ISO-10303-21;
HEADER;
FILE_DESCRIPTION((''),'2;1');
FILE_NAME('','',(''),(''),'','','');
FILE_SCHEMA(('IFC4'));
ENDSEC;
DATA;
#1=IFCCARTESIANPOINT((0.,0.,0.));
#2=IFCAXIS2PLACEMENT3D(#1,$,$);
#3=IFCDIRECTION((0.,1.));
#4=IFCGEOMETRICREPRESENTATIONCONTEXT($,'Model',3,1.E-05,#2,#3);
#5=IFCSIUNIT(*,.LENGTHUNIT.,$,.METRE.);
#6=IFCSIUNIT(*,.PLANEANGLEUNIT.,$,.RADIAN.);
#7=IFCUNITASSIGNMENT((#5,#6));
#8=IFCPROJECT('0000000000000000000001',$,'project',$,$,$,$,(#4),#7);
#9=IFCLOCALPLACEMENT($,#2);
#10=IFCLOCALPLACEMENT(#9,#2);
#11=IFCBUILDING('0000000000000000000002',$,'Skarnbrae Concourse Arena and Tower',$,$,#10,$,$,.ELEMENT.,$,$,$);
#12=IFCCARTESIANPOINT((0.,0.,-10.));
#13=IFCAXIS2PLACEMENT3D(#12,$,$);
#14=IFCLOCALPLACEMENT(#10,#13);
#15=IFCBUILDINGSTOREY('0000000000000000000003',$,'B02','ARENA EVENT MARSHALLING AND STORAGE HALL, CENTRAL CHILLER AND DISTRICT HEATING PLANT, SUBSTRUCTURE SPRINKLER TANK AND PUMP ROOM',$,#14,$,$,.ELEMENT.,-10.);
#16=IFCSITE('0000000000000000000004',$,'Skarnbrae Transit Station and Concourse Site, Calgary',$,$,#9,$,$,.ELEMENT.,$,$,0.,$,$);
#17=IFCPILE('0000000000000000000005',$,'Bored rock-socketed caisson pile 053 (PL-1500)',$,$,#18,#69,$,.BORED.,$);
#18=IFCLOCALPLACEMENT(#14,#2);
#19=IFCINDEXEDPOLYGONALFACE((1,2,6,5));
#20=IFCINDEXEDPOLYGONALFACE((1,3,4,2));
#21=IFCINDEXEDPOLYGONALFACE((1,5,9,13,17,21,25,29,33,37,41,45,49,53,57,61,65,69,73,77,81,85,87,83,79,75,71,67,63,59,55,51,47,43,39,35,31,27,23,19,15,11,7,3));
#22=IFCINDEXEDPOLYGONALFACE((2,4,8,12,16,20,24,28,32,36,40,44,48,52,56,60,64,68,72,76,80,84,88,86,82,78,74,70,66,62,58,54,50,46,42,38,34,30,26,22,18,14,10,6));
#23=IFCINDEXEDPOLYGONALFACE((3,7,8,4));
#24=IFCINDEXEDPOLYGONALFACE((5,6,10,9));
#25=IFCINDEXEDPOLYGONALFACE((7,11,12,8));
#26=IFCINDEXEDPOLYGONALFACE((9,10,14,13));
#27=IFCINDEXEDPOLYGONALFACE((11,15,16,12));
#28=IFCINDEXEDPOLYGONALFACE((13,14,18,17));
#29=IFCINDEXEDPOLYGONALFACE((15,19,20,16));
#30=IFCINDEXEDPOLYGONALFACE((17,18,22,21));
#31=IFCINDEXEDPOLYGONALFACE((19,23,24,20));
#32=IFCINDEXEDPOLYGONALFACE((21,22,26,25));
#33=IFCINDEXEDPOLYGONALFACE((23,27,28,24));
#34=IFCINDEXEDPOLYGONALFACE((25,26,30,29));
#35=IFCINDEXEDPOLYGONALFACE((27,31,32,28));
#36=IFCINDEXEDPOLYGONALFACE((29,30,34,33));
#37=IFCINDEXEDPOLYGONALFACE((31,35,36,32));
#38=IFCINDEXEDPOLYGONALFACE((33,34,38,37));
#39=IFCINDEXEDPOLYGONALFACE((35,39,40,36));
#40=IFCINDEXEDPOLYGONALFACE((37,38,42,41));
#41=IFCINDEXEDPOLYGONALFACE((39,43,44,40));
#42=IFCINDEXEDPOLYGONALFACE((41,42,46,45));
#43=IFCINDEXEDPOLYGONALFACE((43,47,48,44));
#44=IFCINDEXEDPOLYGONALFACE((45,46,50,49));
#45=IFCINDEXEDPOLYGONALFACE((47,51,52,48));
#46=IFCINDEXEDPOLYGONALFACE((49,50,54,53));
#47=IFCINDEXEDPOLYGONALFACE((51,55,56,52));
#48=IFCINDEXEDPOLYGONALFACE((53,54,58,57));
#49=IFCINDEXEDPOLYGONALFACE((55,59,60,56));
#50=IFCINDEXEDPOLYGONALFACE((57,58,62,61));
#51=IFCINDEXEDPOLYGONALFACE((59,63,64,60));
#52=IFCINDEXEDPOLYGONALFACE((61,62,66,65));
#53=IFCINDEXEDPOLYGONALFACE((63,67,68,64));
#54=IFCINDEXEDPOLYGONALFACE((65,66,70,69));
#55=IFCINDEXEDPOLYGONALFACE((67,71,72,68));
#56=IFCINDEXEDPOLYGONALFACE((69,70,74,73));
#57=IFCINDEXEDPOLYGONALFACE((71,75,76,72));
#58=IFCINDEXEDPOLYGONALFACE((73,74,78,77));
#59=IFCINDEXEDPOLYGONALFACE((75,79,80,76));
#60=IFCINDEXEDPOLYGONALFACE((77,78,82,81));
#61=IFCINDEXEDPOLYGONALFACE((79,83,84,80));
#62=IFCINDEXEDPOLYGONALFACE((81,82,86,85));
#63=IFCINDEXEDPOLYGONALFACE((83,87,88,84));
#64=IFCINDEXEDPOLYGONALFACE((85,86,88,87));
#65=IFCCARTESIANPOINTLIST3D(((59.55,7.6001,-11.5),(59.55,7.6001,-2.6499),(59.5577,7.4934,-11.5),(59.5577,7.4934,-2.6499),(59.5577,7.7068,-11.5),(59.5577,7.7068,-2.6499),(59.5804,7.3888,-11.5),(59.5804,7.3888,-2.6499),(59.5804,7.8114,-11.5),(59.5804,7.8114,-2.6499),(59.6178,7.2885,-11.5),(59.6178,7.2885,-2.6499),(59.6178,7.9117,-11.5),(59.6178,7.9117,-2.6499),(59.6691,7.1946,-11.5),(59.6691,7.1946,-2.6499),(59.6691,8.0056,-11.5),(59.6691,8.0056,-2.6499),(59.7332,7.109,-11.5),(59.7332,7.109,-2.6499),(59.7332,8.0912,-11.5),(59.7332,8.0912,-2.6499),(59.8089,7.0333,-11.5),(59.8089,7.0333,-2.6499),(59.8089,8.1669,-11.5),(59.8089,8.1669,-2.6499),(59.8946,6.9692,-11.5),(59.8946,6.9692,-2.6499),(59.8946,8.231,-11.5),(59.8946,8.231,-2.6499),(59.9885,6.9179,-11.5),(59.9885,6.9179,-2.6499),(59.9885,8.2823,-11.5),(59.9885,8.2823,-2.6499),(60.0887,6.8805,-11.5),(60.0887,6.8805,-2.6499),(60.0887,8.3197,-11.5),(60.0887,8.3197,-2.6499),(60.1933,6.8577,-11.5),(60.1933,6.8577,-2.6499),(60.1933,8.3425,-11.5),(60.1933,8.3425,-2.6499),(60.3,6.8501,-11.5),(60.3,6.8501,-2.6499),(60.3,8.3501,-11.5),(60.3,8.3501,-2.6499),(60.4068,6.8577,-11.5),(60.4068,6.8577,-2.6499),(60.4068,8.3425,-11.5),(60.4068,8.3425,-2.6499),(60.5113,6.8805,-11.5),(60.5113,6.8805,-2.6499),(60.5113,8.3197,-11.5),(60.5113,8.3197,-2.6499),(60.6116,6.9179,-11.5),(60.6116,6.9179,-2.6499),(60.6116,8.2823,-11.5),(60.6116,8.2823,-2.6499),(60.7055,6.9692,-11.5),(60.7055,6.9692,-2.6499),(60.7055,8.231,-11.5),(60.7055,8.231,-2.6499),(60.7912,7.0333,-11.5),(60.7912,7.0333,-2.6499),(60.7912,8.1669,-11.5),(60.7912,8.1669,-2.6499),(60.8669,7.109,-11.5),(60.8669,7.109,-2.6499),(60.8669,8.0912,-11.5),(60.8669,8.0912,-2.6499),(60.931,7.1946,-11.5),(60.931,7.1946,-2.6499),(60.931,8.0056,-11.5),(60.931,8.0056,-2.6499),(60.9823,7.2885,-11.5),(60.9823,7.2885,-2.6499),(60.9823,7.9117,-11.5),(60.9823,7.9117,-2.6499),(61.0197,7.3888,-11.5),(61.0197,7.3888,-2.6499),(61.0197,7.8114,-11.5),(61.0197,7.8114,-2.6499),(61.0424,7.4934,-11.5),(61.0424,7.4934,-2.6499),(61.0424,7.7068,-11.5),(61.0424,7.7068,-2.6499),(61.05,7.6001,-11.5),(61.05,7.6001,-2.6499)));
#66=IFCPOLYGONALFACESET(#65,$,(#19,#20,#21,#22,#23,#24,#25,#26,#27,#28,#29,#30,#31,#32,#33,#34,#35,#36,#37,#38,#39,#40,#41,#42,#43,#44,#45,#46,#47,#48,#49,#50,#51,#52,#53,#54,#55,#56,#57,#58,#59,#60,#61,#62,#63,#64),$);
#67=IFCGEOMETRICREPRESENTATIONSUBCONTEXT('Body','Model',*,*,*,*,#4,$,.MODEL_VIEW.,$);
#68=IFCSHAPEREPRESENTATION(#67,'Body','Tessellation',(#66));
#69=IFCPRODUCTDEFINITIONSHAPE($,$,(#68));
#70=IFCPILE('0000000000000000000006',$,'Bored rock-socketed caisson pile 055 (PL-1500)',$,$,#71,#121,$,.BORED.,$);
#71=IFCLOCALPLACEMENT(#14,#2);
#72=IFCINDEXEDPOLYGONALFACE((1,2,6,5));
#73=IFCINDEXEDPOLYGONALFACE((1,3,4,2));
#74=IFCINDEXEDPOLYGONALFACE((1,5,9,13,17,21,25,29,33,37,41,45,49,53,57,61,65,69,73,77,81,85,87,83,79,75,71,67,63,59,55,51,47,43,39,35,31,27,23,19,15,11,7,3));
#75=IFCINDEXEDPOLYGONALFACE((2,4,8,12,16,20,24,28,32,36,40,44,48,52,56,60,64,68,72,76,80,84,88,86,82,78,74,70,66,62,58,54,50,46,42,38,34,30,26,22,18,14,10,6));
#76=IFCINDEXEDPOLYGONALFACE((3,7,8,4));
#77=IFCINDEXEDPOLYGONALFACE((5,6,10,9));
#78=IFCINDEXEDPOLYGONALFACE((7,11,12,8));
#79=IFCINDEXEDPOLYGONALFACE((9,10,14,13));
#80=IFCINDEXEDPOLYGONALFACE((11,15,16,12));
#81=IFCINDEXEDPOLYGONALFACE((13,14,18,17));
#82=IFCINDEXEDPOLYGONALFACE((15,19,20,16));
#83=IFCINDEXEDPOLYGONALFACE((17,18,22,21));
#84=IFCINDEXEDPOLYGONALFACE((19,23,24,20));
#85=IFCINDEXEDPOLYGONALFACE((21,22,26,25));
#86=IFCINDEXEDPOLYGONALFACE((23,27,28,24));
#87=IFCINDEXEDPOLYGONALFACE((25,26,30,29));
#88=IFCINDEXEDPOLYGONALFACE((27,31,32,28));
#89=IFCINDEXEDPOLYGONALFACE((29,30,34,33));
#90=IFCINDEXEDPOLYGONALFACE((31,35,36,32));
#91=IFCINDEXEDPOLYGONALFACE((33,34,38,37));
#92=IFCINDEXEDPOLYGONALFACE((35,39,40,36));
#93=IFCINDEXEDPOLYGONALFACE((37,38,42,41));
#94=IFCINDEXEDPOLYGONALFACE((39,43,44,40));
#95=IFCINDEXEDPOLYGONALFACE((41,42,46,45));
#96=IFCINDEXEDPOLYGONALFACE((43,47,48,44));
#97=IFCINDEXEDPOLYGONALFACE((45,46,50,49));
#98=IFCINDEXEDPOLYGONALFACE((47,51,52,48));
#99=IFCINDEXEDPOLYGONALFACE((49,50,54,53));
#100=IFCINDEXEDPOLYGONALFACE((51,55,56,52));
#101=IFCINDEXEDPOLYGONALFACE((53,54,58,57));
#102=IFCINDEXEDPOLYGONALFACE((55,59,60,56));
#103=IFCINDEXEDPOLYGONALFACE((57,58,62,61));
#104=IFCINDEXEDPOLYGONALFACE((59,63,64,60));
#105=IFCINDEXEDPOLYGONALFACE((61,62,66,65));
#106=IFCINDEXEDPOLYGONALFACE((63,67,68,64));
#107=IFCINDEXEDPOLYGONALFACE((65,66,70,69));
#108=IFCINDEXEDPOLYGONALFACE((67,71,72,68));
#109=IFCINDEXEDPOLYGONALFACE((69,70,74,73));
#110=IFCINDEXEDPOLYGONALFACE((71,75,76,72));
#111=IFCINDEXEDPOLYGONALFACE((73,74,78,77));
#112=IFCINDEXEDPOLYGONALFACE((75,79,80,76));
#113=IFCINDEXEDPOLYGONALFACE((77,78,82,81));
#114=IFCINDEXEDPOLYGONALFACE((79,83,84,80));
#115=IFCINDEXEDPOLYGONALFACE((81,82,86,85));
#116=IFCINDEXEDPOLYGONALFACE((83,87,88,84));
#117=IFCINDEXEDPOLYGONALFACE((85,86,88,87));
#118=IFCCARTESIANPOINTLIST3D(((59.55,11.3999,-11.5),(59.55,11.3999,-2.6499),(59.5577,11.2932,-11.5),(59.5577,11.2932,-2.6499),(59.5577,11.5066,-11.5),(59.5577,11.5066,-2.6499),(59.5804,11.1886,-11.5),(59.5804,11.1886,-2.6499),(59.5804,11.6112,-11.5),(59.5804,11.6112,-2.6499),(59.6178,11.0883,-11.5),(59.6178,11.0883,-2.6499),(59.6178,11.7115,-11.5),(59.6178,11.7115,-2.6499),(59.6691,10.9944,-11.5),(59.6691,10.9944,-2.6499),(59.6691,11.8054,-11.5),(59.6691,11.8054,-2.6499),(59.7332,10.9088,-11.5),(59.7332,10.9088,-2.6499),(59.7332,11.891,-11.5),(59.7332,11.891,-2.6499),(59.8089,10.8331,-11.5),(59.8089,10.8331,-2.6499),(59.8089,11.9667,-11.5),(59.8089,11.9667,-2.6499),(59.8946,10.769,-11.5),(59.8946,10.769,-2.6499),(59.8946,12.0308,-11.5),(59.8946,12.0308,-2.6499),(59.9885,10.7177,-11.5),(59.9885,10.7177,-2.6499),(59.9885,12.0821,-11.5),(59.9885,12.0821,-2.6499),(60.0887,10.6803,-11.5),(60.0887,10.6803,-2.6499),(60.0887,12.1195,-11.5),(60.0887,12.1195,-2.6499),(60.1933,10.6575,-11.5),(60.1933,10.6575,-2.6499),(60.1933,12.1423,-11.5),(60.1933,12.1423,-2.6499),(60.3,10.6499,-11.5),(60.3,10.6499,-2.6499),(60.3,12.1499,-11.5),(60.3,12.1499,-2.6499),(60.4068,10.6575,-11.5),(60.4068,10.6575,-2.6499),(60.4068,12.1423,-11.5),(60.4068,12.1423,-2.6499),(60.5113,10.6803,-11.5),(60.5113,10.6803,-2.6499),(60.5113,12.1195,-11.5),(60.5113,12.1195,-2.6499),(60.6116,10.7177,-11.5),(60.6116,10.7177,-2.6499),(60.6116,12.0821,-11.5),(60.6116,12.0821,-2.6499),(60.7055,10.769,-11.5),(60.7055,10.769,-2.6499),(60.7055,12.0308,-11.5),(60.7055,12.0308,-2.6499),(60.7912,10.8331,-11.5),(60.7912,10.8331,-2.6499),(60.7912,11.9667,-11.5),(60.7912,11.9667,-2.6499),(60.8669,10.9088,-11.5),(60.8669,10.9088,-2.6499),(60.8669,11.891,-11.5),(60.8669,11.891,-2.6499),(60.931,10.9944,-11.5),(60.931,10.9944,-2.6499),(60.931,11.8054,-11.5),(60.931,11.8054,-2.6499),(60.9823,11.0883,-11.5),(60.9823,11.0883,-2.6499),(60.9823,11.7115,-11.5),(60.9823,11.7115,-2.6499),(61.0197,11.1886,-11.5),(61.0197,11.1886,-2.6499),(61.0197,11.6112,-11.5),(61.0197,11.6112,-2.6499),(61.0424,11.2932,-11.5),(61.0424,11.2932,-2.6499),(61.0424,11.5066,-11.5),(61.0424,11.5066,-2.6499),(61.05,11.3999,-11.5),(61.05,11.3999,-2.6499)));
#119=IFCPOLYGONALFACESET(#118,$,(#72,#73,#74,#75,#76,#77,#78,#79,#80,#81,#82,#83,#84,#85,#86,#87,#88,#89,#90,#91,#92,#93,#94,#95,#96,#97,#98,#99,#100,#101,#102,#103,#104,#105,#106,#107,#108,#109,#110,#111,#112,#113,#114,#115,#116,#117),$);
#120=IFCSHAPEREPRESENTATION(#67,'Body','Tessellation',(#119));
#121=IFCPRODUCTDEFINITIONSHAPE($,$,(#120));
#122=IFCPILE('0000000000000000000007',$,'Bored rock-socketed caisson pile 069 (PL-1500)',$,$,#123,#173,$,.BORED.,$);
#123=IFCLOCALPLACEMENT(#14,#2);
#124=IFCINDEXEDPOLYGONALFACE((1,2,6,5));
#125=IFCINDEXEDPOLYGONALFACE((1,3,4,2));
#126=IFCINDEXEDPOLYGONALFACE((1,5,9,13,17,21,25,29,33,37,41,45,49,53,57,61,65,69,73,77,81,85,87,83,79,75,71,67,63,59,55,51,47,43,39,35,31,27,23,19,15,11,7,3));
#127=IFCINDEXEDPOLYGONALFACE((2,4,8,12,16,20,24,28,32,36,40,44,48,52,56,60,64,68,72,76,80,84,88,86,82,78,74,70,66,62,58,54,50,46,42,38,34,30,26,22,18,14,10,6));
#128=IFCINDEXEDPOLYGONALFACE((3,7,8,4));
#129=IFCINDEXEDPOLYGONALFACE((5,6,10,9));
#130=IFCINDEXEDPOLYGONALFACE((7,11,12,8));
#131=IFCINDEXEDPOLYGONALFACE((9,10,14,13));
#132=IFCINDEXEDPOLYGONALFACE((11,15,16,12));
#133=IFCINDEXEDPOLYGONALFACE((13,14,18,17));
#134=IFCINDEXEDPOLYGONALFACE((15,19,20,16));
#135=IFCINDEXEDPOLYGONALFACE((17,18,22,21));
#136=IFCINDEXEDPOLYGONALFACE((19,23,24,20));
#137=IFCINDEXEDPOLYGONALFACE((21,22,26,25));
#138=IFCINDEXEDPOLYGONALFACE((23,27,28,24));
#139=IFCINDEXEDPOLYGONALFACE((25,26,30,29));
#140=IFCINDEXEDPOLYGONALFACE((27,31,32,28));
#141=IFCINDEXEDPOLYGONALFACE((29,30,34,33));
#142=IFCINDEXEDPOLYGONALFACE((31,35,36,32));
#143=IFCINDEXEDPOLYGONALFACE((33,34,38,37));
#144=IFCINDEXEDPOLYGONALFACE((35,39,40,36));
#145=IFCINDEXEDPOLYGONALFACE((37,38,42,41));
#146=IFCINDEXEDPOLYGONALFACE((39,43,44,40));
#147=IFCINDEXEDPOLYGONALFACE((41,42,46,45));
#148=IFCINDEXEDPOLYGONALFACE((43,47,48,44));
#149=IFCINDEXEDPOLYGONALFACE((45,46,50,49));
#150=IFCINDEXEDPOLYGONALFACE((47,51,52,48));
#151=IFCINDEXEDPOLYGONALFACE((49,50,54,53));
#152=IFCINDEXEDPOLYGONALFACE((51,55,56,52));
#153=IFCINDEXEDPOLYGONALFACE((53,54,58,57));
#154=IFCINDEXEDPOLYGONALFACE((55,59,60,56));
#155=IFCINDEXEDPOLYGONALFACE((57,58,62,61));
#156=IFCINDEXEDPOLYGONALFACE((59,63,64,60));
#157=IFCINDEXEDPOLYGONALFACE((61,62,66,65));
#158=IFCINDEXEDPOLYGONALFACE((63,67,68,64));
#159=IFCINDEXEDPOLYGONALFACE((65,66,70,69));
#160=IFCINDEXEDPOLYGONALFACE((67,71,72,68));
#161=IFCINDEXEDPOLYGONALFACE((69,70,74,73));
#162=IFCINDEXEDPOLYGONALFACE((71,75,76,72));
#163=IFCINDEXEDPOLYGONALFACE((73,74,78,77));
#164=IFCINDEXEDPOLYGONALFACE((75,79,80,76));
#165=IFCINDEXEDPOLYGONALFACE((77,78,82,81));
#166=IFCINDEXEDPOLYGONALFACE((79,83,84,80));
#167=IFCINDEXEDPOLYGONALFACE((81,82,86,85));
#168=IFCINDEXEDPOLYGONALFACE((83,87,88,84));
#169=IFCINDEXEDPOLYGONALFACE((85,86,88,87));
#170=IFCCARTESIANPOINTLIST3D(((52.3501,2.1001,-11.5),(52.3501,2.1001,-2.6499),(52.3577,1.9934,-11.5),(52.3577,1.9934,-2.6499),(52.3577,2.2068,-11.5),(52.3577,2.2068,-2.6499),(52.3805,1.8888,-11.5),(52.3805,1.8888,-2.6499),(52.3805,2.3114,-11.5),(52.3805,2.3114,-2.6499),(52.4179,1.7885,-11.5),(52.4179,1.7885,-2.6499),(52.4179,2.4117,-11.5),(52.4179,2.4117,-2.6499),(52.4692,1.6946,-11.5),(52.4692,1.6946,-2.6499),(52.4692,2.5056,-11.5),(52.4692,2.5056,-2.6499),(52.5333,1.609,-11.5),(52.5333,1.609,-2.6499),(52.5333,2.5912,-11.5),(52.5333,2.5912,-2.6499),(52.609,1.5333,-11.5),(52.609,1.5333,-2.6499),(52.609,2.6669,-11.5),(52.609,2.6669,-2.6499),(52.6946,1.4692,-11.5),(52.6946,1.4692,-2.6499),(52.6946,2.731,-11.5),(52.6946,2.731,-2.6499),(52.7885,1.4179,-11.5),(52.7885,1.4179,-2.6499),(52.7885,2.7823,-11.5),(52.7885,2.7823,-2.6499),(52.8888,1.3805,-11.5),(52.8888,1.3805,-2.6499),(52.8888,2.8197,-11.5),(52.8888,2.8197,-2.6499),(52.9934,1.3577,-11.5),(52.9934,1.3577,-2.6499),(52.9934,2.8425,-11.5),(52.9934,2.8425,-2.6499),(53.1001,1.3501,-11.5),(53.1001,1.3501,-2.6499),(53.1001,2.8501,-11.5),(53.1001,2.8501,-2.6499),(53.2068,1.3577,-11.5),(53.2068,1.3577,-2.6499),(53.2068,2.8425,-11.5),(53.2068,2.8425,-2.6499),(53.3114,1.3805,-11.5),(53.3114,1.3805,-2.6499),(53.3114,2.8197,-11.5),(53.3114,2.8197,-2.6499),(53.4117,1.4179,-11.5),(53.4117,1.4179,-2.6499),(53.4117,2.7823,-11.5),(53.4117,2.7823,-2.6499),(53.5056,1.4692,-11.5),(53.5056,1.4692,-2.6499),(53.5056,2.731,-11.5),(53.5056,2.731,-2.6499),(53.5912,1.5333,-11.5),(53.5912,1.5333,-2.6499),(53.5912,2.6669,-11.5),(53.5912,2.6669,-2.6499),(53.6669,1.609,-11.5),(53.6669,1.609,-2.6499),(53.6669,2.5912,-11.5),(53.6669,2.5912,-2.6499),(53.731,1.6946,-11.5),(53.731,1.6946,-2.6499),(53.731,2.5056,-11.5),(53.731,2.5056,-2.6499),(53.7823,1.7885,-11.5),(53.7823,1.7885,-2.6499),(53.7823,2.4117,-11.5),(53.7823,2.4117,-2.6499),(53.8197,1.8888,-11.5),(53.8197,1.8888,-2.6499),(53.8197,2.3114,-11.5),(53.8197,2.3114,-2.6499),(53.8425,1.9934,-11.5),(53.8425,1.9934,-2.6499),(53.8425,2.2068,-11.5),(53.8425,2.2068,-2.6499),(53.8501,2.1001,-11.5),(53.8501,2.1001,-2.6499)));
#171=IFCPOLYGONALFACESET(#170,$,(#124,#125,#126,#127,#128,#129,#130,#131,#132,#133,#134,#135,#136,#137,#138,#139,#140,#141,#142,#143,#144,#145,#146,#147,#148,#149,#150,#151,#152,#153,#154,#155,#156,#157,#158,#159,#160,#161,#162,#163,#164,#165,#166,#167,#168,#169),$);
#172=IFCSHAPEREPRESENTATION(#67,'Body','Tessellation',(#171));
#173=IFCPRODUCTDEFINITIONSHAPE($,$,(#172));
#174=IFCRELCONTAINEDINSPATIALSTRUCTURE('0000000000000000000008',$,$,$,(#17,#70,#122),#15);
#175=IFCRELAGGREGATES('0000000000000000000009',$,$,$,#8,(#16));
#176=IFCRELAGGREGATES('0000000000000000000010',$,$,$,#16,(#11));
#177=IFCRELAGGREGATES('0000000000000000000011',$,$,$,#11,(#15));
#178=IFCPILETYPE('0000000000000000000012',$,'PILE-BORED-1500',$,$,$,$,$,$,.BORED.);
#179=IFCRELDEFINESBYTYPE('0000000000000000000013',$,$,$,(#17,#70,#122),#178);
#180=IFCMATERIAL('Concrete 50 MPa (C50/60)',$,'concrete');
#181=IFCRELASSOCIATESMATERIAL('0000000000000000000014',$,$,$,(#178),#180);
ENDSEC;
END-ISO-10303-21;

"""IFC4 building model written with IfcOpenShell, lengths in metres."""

from ifc_helpers import new_model, si_unit, direction, frame, origin, origin_2d, place, context, subcontext, project, spatial, circle, extrude, source, transform, mapped, material, material_profile, profile_set, type_object, element, save


model = new_model("IFC4")

# Units and contexts
model_context = context("Model", 3, precision=1e-05, world=origin(), true_north=direction((0.0, 1.0)))
body_context = subcontext(model_context, "Body", "Model", "MODEL_VIEW")
ifc_project = project(units=[si_unit("LENGTHUNIT", "METRE"), si_unit("PLANEANGLEUNIT", "RADIAN")], contexts=[model_context])

# Site, building, storey
site_placement = place(None, origin())
site = spatial("IfcSite", under=ifc_project, at=site_placement, Name="Skarnbrae Transit Station and Concourse Site, Calgary", CompositionType="ELEMENT", RefElevation=0.0)
building_placement = place(site_placement, origin())
building = spatial("IfcBuilding", under=site, at=building_placement, Name="Skarnbrae Concourse Arena and Tower", CompositionType="ELEMENT")
storey_placement = place(building_placement, frame((0.0, 0.0, -10.0)))
storey = spatial("IfcBuildingStorey", under=building, at=storey_placement, Name="B02", Description="ARENA EVENT MARSHALLING AND STORAGE HALL, CENTRAL CHILLER AND DISTRICT HEATING PLANT, SUBSTRUCTURE SPRINKLER TANK AND PUMP ROOM", CompositionType="ELEMENT", Elevation=-10.0)

# Piles
ifc_material_1 = material(Name="Concrete 50 MPa (C50/60)", Category="concrete")
ifc_material_profile_1 = material_profile(ifc_material_1, circle(Radius=0.75, at=origin_2d()), Name="CAISSON-1500")
ifc_profile_set_1 = profile_set([ifc_material_profile_1], Name="Concrete 50 MPa (C50/60)")
pile_type_1 = type_object("IfcPileType", Name="PILE-BORED-1500", PredefinedType="BORED", material=ifc_profile_set_1)
shared_shape_1 = source(origin(), body_context, "Body", "SweptSolid", [
    extrude(circle(Radius=0.75, at=origin_2d()), origin(), (0.0, 0.0, 1.0), 8.8501),
])
for number, where, z_axis, x_axis, name in (
    (1, (60.3, 7.6001, -2.6499), (0.0, 0.0, -1.0), (1.0, 0.0, 0.0), "Bored rock-socketed caisson pile 053 (PL-1500)"),
    (2, (60.3, 11.3999, -2.6499), (0.0, 0.0, -1.0), (1.0, 0.0, 0.0), "Bored rock-socketed caisson pile 055 (PL-1500)"),
    (3, (53.1001, 2.1001, -2.6499), (0.0, 0.0, -1.0), (1.0, 0.0, 0.0), "Bored rock-socketed caisson pile 069 (PL-1500)"),
):
    element("IfcPile", number, at=place(storey_placement, frame(where, z_axis=z_axis, x_axis=x_axis)), inside=storey, type_object=pile_type_1, Name=name, PredefinedType="BORED", context=body_context, shape_type="MappedRepresentation", body=[
        mapped(shared_shape_1, transform((0.0, 0.0, 0.0))),
    ])

save(model, "model.ifc")
